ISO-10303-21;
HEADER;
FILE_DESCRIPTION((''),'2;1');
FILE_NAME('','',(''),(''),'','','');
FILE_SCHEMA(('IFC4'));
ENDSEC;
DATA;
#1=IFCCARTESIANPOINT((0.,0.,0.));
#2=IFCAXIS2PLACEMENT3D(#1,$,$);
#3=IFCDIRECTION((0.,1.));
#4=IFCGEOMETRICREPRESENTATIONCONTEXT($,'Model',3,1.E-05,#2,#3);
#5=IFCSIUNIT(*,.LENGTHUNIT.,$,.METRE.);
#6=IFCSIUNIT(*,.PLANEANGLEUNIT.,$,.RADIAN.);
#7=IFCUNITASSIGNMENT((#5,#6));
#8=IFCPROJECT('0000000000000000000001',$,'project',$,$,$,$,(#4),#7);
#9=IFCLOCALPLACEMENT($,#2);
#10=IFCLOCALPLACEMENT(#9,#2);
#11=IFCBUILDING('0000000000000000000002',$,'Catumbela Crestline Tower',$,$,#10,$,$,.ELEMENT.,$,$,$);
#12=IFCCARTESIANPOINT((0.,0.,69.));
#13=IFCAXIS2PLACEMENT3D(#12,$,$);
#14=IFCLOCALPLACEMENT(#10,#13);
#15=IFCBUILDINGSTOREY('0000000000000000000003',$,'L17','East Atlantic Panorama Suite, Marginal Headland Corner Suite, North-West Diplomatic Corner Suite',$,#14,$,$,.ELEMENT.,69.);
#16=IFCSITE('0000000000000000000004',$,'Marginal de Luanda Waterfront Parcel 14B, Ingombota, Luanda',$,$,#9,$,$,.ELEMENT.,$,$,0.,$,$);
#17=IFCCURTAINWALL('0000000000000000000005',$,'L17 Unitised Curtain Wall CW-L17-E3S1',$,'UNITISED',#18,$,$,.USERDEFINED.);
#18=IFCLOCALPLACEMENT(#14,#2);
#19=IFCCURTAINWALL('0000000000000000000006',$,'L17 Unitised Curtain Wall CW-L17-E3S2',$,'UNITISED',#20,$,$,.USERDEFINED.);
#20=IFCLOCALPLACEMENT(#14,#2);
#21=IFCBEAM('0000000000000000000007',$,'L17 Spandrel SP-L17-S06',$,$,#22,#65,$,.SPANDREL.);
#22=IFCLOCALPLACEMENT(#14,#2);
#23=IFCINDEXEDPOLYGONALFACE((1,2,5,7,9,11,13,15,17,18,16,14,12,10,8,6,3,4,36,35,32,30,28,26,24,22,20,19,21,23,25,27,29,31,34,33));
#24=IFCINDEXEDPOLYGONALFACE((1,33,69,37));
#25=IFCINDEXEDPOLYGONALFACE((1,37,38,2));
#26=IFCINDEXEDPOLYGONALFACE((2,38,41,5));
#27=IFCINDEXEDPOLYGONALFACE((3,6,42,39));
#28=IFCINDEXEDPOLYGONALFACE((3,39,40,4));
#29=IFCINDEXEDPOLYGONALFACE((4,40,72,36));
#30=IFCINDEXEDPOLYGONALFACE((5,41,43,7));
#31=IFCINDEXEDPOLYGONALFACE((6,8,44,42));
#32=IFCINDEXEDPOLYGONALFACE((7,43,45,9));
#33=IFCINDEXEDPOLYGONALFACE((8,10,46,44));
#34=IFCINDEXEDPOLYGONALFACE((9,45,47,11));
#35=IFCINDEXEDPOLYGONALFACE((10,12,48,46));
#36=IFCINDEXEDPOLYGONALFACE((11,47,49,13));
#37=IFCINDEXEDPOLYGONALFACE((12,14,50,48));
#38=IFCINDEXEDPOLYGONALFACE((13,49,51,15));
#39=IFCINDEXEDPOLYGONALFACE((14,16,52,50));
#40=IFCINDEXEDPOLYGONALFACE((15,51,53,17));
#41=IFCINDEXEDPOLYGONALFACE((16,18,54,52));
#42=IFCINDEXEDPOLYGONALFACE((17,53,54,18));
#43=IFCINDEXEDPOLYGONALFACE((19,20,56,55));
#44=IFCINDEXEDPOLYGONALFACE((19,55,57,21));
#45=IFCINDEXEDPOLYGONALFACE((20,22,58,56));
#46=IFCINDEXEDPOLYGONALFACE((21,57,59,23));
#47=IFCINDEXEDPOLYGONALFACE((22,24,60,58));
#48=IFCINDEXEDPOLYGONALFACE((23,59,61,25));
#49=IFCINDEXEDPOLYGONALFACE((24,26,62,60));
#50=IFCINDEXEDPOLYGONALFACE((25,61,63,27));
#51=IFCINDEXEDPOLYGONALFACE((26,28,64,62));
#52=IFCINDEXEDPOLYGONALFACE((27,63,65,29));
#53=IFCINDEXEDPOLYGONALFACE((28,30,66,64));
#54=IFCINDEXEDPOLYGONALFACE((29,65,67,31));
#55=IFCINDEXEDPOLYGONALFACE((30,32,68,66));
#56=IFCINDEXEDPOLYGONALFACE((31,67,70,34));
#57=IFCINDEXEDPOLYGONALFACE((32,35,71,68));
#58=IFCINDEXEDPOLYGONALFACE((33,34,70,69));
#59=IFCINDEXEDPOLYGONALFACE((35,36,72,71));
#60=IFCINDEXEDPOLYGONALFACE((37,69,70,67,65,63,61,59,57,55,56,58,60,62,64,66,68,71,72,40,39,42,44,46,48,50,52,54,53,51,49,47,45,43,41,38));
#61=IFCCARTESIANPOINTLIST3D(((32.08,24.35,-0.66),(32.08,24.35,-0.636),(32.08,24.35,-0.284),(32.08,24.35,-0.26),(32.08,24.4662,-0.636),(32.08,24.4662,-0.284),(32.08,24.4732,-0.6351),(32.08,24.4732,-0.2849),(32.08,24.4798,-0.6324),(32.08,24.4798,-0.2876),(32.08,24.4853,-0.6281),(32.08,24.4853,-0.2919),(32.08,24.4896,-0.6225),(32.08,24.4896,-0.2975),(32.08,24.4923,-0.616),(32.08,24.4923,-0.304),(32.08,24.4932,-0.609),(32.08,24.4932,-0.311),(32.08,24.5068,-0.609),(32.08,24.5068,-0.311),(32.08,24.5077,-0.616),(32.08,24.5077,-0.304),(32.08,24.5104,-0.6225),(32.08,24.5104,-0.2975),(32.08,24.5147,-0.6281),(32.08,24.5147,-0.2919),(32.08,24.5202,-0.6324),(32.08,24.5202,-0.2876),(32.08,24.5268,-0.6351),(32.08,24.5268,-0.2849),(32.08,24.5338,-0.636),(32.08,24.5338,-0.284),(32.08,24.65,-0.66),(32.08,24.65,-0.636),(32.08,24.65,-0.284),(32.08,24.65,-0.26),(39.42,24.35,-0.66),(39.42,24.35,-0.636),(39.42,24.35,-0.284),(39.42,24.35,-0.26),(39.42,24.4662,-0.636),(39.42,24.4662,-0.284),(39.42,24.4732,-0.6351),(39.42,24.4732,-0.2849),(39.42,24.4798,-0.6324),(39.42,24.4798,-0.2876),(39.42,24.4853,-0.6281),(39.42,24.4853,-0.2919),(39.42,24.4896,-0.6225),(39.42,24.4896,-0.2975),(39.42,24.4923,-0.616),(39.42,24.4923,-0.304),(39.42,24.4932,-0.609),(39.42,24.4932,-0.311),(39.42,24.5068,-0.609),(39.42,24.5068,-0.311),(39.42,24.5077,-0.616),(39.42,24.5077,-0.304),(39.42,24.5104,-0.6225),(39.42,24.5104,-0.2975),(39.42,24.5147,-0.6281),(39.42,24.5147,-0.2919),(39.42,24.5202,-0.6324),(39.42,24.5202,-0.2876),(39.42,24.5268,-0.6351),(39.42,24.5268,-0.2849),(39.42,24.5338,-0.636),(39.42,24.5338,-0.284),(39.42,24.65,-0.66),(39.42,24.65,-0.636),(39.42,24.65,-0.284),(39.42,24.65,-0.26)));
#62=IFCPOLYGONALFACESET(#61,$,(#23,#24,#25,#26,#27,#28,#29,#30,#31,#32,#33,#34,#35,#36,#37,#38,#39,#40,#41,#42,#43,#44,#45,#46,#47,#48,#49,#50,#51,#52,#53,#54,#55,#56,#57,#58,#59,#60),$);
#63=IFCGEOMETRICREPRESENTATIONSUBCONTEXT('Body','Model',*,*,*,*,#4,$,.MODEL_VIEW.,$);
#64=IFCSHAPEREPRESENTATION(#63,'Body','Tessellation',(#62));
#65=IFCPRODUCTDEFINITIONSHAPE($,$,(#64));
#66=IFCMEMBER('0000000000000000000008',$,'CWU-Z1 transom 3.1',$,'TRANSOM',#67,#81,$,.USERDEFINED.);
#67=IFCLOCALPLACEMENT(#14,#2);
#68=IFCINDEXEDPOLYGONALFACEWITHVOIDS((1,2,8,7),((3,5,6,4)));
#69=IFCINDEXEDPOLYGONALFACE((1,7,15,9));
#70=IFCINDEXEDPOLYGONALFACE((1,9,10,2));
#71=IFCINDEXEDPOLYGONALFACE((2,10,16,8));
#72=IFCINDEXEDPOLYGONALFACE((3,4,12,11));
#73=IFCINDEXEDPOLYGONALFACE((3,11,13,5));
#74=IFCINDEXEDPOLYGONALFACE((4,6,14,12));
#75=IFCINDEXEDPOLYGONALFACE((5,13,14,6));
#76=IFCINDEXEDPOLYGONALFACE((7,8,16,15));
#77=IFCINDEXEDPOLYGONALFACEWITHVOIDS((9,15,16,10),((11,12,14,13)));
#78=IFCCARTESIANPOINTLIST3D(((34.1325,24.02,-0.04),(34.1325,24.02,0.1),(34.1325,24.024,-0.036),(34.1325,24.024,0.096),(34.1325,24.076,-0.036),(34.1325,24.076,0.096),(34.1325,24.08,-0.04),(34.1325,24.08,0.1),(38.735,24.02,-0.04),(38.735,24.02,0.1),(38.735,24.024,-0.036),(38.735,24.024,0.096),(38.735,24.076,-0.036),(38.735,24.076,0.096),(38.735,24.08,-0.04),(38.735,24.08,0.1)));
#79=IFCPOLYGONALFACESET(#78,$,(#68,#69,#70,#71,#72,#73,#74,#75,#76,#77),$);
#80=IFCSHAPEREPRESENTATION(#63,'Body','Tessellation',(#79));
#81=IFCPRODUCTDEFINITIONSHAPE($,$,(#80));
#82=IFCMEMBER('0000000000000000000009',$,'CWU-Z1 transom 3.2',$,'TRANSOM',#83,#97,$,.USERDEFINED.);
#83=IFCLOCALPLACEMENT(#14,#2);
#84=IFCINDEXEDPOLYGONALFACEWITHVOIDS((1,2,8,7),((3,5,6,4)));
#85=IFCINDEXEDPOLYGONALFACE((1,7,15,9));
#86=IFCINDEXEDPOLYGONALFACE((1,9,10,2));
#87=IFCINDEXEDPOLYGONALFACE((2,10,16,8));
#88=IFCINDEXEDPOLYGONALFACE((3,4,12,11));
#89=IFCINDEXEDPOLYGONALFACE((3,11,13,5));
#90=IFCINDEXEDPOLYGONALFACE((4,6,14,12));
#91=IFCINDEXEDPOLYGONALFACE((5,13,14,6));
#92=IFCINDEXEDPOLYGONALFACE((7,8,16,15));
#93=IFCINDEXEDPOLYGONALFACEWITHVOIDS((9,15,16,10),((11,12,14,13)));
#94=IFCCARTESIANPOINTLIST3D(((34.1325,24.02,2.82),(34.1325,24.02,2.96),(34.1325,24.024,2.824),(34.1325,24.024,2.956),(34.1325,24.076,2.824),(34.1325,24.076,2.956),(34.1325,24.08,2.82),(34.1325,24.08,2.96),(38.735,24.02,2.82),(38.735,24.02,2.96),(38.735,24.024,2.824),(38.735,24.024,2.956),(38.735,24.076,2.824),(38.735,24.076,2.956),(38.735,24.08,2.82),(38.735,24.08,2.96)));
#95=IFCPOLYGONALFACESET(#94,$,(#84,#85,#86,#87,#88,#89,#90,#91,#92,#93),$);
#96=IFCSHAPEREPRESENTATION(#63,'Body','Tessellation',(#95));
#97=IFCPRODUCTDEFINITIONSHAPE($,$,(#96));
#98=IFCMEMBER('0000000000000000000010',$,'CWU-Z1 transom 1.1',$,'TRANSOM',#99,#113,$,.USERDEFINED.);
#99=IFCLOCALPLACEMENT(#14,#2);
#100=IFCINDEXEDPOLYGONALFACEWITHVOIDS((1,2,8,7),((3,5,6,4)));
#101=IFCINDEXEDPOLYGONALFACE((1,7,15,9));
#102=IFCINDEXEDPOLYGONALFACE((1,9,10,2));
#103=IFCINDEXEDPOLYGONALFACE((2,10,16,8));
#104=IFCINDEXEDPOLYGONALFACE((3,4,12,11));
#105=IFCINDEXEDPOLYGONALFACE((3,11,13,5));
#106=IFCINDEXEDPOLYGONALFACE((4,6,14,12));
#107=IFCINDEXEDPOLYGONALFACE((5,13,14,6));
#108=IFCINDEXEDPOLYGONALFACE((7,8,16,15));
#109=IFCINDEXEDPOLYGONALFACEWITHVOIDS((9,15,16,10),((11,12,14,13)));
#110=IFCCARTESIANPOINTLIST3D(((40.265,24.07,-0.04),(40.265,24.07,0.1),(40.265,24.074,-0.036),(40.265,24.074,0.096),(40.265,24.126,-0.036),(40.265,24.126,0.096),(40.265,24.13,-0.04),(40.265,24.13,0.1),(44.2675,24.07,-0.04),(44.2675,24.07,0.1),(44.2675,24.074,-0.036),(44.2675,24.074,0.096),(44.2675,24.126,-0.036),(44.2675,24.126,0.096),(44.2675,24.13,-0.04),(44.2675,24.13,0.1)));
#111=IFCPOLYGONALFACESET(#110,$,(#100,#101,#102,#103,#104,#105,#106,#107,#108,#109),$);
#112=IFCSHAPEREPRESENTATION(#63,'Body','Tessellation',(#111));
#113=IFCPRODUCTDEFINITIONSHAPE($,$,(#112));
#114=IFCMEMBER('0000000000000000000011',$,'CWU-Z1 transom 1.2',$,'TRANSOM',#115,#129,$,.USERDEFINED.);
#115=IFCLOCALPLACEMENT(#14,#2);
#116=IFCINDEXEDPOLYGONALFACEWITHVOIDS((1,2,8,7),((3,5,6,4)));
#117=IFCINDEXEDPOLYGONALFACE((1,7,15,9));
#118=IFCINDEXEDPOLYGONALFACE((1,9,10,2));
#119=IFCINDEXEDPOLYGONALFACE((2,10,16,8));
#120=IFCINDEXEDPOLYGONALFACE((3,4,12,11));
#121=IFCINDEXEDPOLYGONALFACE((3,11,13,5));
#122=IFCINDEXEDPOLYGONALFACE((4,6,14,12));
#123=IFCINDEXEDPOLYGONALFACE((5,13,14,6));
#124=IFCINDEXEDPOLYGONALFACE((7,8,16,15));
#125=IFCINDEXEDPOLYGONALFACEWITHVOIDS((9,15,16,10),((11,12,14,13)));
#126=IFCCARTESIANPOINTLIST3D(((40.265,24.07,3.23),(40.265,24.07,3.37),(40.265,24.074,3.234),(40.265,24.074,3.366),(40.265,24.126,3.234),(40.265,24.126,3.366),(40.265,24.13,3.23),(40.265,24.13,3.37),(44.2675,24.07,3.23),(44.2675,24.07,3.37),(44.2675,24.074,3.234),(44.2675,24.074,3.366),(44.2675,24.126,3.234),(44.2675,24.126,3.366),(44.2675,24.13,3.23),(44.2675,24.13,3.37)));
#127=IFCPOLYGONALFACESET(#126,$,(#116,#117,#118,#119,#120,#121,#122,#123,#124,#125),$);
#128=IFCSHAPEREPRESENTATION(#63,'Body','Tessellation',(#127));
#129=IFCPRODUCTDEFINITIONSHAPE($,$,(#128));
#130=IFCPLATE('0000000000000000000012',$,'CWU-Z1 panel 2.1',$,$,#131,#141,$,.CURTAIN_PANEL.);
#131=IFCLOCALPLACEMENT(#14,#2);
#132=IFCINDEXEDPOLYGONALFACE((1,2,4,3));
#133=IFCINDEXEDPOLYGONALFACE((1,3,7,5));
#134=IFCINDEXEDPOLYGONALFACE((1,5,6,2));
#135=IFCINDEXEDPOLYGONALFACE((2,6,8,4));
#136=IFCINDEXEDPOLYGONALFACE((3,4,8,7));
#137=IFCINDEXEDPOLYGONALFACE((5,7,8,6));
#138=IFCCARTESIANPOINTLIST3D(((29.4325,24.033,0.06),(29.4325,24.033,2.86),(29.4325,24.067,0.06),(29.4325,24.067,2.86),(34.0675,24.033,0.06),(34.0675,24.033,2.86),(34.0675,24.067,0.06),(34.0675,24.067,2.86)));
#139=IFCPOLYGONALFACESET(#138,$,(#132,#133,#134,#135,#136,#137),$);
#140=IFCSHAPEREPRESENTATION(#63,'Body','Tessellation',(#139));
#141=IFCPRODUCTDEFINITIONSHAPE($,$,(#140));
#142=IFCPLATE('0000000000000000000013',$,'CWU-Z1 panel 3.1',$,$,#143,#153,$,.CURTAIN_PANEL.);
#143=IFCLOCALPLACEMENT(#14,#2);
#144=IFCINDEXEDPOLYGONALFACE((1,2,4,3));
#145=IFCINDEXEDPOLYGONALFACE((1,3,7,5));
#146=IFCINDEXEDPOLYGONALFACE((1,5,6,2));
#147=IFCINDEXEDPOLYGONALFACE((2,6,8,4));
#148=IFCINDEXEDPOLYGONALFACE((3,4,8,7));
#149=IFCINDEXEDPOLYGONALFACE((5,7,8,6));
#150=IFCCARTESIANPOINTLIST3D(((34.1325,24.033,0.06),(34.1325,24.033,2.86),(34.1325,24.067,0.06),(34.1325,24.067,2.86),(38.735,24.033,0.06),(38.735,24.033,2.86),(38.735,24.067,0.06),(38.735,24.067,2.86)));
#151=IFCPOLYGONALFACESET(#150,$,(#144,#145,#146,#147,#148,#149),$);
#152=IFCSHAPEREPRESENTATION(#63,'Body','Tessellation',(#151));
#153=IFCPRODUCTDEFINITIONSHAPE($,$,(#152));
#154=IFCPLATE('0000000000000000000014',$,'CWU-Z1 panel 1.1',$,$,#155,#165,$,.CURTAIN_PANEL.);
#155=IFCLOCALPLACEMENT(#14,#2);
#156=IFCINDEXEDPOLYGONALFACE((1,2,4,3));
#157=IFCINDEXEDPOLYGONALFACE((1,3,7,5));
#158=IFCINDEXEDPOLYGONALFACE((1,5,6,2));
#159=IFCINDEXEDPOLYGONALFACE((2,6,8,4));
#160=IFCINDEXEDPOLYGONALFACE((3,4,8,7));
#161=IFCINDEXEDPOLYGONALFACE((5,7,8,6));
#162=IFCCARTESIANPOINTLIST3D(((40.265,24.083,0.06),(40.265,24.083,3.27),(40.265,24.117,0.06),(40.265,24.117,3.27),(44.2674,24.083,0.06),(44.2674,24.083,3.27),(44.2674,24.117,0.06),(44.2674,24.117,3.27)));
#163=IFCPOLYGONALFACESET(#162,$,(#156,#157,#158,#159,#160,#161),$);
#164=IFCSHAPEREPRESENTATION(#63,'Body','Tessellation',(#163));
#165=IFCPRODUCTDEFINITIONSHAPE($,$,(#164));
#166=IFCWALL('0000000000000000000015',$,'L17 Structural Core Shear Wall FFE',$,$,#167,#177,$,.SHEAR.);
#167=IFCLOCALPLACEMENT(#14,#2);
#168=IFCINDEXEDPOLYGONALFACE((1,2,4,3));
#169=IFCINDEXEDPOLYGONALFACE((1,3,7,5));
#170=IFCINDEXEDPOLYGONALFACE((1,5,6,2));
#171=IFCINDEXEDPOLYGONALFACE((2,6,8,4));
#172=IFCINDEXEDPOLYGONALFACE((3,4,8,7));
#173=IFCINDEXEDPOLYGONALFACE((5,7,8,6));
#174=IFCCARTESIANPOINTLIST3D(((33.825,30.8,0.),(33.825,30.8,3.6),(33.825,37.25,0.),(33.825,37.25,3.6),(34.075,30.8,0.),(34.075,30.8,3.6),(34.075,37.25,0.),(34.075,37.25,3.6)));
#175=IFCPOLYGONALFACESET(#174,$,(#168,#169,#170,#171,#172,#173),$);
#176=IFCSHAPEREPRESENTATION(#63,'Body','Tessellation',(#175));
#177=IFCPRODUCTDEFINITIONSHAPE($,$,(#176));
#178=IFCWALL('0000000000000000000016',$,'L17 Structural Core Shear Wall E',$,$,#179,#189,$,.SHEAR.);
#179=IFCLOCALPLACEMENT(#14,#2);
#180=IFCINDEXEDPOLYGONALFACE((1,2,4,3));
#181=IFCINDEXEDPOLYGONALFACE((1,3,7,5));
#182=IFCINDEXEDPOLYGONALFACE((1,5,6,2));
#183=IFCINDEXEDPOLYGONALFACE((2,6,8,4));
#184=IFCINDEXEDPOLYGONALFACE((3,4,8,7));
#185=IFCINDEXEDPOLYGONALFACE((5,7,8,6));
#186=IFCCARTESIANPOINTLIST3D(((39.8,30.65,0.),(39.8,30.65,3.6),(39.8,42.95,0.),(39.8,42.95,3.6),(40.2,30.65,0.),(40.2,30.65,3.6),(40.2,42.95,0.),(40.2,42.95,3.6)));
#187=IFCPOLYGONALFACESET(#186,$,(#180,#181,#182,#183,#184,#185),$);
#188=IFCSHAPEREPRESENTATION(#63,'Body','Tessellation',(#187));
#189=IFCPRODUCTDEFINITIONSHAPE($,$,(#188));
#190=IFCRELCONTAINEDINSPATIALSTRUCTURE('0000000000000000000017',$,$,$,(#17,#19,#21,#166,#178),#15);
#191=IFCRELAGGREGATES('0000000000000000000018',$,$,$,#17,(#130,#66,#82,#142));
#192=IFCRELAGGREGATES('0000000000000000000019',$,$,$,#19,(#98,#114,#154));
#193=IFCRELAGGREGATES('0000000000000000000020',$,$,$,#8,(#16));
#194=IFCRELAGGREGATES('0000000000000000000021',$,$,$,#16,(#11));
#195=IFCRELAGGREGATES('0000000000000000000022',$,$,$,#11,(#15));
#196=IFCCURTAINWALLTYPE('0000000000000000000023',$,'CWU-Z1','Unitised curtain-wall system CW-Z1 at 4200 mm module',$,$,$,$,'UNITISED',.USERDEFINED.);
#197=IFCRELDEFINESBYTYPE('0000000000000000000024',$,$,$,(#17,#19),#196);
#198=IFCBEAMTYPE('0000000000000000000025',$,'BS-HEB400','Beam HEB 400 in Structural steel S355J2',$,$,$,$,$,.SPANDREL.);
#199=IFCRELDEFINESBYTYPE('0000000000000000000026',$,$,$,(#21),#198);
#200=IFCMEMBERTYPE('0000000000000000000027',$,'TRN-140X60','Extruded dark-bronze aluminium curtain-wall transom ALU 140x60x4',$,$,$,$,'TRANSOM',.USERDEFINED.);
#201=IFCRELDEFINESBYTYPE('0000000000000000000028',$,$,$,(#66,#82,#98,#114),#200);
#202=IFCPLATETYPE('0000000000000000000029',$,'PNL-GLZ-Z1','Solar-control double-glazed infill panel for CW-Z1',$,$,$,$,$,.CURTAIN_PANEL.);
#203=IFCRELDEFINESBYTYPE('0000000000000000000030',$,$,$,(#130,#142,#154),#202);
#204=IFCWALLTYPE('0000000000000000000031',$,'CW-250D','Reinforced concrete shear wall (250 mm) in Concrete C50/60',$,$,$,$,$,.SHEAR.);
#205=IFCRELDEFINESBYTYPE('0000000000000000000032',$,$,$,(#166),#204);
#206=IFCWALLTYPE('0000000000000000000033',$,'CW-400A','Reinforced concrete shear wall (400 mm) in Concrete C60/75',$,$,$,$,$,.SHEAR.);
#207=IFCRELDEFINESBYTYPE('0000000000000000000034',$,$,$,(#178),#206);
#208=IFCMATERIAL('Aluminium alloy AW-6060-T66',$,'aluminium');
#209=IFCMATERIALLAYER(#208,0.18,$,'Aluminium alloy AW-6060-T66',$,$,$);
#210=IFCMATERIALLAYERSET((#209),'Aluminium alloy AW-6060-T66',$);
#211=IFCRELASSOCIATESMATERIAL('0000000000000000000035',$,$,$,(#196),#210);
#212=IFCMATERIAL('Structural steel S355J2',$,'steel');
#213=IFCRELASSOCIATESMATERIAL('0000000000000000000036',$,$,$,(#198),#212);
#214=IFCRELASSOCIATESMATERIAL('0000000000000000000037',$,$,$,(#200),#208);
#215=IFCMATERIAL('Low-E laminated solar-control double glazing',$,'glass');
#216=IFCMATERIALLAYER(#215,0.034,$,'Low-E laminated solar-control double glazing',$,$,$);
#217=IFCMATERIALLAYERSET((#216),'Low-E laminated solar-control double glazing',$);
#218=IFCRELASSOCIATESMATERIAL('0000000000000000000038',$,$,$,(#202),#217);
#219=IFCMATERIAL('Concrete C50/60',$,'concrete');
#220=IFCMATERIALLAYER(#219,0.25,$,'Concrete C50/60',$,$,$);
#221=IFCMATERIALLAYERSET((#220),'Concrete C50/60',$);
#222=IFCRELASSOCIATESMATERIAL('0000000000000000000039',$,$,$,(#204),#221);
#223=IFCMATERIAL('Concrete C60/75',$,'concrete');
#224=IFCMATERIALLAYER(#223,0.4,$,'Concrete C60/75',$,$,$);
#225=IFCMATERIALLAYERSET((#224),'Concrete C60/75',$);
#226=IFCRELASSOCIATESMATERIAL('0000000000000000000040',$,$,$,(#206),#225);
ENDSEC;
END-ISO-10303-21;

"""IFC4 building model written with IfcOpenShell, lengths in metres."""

from ifc_helpers import new_model, si_unit, direction, frame, frame_2d, origin, origin_2d, place, context, subcontext, project, spatial, rectangle, hollow_rectangle, i_section, extrude, material, layer, layer_set, material_profile, profile_set, type_object, element, aggregate, save


model = new_model("IFC4")

# Units and contexts
model_context = context("Model", 3, precision=1e-05, world=origin(), true_north=direction((0.0, 1.0)))
body_context = subcontext(model_context, "Body", "Model", "MODEL_VIEW")
ifc_project = project(units=[si_unit("LENGTHUNIT", "METRE"), si_unit("PLANEANGLEUNIT", "RADIAN")], contexts=[model_context])

# Site, building, storey
site_placement = place(None, origin())
site = spatial("IfcSite", under=ifc_project, at=site_placement, Name="Marginal de Luanda Waterfront Parcel 14B, Ingombota, Luanda", CompositionType="ELEMENT", RefElevation=0.0)
building_placement = place(site_placement, origin())
building = spatial("IfcBuilding", under=site, at=building_placement, Name="Catumbela Crestline Tower", CompositionType="ELEMENT")
storey_placement = place(building_placement, frame((0.0, 0.0, 69.0)))
storey = spatial("IfcBuildingStorey", under=building, at=storey_placement, Name="L17", Description="East Atlantic Panorama Suite, Marginal Headland Corner Suite, North-West Diplomatic Corner Suite", CompositionType="ELEMENT", Elevation=69.0)

# Shared definitions
ifc_material_1 = material(Name="Concrete C60/75", Category="concrete")

# Shared definitions
ifc_material_2 = material(Name="Structural steel S355J2", Category="steel")

# Curtain walls
ifc_material_3 = material(Name="Aluminium alloy AW-6060-T66", Category="aluminium")
ifc_layer_1 = layer(ifc_material_3, 0.18, Name="Aluminium alloy AW-6060-T66")
ifc_layer_set_1 = layer_set([ifc_layer_1], Name="Aluminium alloy AW-6060-T66")
curtain_wall_type = type_object("IfcCurtainWallType", Name="CWU-Z1", Description="Unitised curtain-wall system CW-Z1 at 4200 mm module", ElementType="UNITISED", PredefinedType="USERDEFINED", material=ifc_layer_set_1)
curtain_wall_1_placement = place(storey_placement, origin())
curtain_wall_1 = element("IfcCurtainWall", 1, at=curtain_wall_1_placement, inside=storey, type_object=curtain_wall_type, Name="L17 Unitised Curtain Wall CW-L17-E3S1", ObjectType="UNITISED", PredefinedType="USERDEFINED")
curtain_wall_2_placement = place(storey_placement, origin())
curtain_wall_2 = element("IfcCurtainWall", 2, at=curtain_wall_2_placement, inside=storey, type_object=curtain_wall_type, Name="L17 Unitised Curtain Wall CW-L17-E3S2", ObjectType="UNITISED", PredefinedType="USERDEFINED")

# Beam
ifc_material_profile_1 = material_profile(ifc_material_2, i_section(OverallWidth=0.3, OverallDepth=0.4, WebThickness=0.0135, FlangeThickness=0.024, FilletRadius=0.027, at=origin_2d()), Name="HEB 400")
ifc_profile_set_1 = profile_set([ifc_material_profile_1], Name="Structural steel S355J2")
beam_type_1 = type_object("IfcBeamType", Name="BS-HEB400", Description="Beam HEB 400 in Structural steel S355J2", PredefinedType="SPANDREL", material=ifc_profile_set_1)
beam_1_placement = place(storey_placement, frame((32.08, 24.5, -0.46), z_axis=(1.0, 0.0, 0.0), x_axis=(0.0, 1.0, 0.0)))
element("IfcBeam", 3, at=beam_1_placement, inside=storey, type_object=beam_type_1, Name="L17 Spandrel SP-L17-S06", PredefinedType="SPANDREL", context=body_context, shape_type="SweptSolid", body=[
    extrude(i_section(OverallWidth=0.3, OverallDepth=0.4, WebThickness=0.0135, FlangeThickness=0.024, FilletRadius=0.027, at=origin_2d()), origin(), (0.0, 0.0, 1.0), 7.34),
])

# Members
ifc_material_profile_2 = material_profile(ifc_material_3, hollow_rectangle(XDim=0.06, YDim=0.14, WallThickness=0.004, at=origin_2d()), Name="ALU 140x60x4")
ifc_profile_set_2 = profile_set([ifc_material_profile_2], Name="Aluminium alloy AW-6060-T66")
member_type_1 = type_object("IfcMemberType", Name="TRN-140X60", Description="Extruded dark-bronze aluminium curtain-wall transom ALU 140x60x4", ElementType="TRANSOM", PredefinedType="USERDEFINED", material=ifc_profile_set_2)
member_1_placement = place(storey_placement, frame((34.1325, 24.05, 0.03), z_axis=(1.0, 0.0, 0.0), x_axis=(0.0, 1.0, 0.0)))
member_1 = element("IfcMember", 4, at=member_1_placement, type_object=member_type_1, Name="CWU-Z1 transom 3.1", ObjectType="TRANSOM", PredefinedType="USERDEFINED", context=body_context, shape_type="SweptSolid", body=[
    extrude(hollow_rectangle(XDim=0.06, YDim=0.14, WallThickness=0.004, at=origin_2d()), origin(), (0.0, 0.0, 1.0), 4.6025),
])
member_2_placement = place(storey_placement, frame((34.1325, 24.05, 2.89), z_axis=(1.0, 0.0, 0.0), x_axis=(0.0, 1.0, 0.0)))
member_2 = element("IfcMember", 5, at=member_2_placement, type_object=member_type_1, Name="CWU-Z1 transom 3.2", ObjectType="TRANSOM", PredefinedType="USERDEFINED", context=body_context, shape_type="SweptSolid", body=[
    extrude(hollow_rectangle(XDim=0.06, YDim=0.14, WallThickness=0.004, at=origin_2d()), origin(), (0.0, 0.0, 1.0), 4.6025),
])
member_3_placement = place(storey_placement, frame((40.265, 24.1, 0.03), z_axis=(1.0, 0.0, 0.0), x_axis=(0.0, 1.0, 0.0)))
member_3 = element("IfcMember", 6, at=member_3_placement, type_object=member_type_1, Name="CWU-Z1 transom 1.1", ObjectType="TRANSOM", PredefinedType="USERDEFINED", context=body_context, shape_type="SweptSolid", body=[
    extrude(hollow_rectangle(XDim=0.06, YDim=0.14, WallThickness=0.004, at=origin_2d()), origin(), (0.0, 0.0, 1.0), 4.0025),
])
member_4_placement = place(storey_placement, frame((40.265, 24.1, 3.3), z_axis=(1.0, 0.0, 0.0), x_axis=(0.0, 1.0, 0.0)))
member_4 = element("IfcMember", 7, at=member_4_placement, type_object=member_type_1, Name="CWU-Z1 transom 1.2", ObjectType="TRANSOM", PredefinedType="USERDEFINED", context=body_context, shape_type="SweptSolid", body=[
    extrude(hollow_rectangle(XDim=0.06, YDim=0.14, WallThickness=0.004, at=origin_2d()), origin(), (0.0, 0.0, 1.0), 4.0025),
])

# Plates
ifc_material_4 = material(Name="Low-E laminated solar-control double glazing", Category="glass")
ifc_layer_2 = layer(ifc_material_4, 0.034, Name="Low-E laminated solar-control double glazing")
ifc_layer_set_2 = layer_set([ifc_layer_2], Name="Low-E laminated solar-control double glazing")
plate_type = type_object("IfcPlateType", Name="PNL-GLZ-Z1", Description="Solar-control double-glazed infill panel for CW-Z1", PredefinedType="CURTAIN_PANEL", material=ifc_layer_set_2)
plate_1_placement = place(storey_placement, frame((31.75, 24.05, 0.06), z_axis=(0.0, 0.0, 1.0), x_axis=(1.0, 0.0, 0.0)))
plate_1 = element("IfcPlate", 8, at=plate_1_placement, type_object=plate_type, Name="CWU-Z1 panel 2.1", PredefinedType="CURTAIN_PANEL", context=body_context, shape_type="SweptSolid", body=[
    extrude(rectangle(XDim=4.635, YDim=0.034, at=origin_2d()), origin(), (0.0, 0.0, 1.0), 2.8),
])
plate_2_placement = place(storey_placement, frame((36.4338, 24.05, 0.06), z_axis=(0.0, 0.0, 1.0), x_axis=(1.0, 0.0, 0.0)))
plate_2 = element("IfcPlate", 9, at=plate_2_placement, type_object=plate_type, Name="CWU-Z1 panel 3.1", PredefinedType="CURTAIN_PANEL", context=body_context, shape_type="SweptSolid", body=[
    extrude(rectangle(XDim=4.6025, YDim=0.034, at=origin_2d()), origin(), (0.0, 0.0, 1.0), 2.8),
])
aggregate(curtain_wall_1, [plate_1, member_1, member_2, plate_2])
plate_3_placement = place(storey_placement, frame((42.2662, 24.1, 0.06), z_axis=(0.0, 0.0, 1.0), x_axis=(1.0, 0.0, 0.0)))
plate_3 = element("IfcPlate", 10, at=plate_3_placement, type_object=plate_type, Name="CWU-Z1 panel 1.1", PredefinedType="CURTAIN_PANEL", context=body_context, shape_type="SweptSolid", body=[
    extrude(rectangle(XDim=4.0025, YDim=0.034, at=origin_2d()), origin(), (0.0, 0.0, 1.0), 3.21),
])
aggregate(curtain_wall_2, [member_3, member_4, plate_3])

# Walls
ifc_material_5 = material(Name="Concrete C50/60", Category="concrete")
ifc_layer_3 = layer(ifc_material_5, 0.25, Name="Concrete C50/60")
ifc_layer_set_3 = layer_set([ifc_layer_3], Name="Concrete C50/60")
wall_type_1 = type_object("IfcWallType", Name="CW-250D", Description="Reinforced concrete shear wall (250 mm) in Concrete C50/60", PredefinedType="SHEAR", material=ifc_layer_set_3)
wall_1_placement = place(storey_placement, frame((33.95, 30.8, 0.0), z_axis=(0.0, 0.0, 1.0), x_axis=(0.0, 1.0, 0.0)))
element("IfcWall", 11, at=wall_1_placement, inside=storey, type_object=wall_type_1, Name="L17 Structural Core Shear Wall FFE", PredefinedType="SHEAR", context=body_context, shape_type="SweptSolid", body=[
    extrude(rectangle(XDim=6.45, YDim=0.25, at=frame_2d((3.225, 0.0))), origin(), (0.0, 0.0, 1.0), 3.6),
])
ifc_layer_4 = layer(ifc_material_1, 0.4, Name="Concrete C60/75")
ifc_layer_set_4 = layer_set([ifc_layer_4], Name="Concrete C60/75")
wall_type_2 = type_object("IfcWallType", Name="CW-400A", Description="Reinforced concrete shear wall (400 mm) in Concrete C60/75", PredefinedType="SHEAR", material=ifc_layer_set_4)
wall_2_placement = place(storey_placement, frame((40.0, 30.65, 0.0), z_axis=(0.0, 0.0, 1.0), x_axis=(0.0, 1.0, 0.0)))
element("IfcWall", 12, at=wall_2_placement, inside=storey, type_object=wall_type_2, Name="L17 Structural Core Shear Wall E", PredefinedType="SHEAR", context=body_context, shape_type="SweptSolid", body=[
    extrude(rectangle(XDim=12.3, YDim=0.4, at=frame_2d((6.15, 0.0))), origin(), (0.0, 0.0, 1.0), 3.6),
])

save(model, "model.ifc")
